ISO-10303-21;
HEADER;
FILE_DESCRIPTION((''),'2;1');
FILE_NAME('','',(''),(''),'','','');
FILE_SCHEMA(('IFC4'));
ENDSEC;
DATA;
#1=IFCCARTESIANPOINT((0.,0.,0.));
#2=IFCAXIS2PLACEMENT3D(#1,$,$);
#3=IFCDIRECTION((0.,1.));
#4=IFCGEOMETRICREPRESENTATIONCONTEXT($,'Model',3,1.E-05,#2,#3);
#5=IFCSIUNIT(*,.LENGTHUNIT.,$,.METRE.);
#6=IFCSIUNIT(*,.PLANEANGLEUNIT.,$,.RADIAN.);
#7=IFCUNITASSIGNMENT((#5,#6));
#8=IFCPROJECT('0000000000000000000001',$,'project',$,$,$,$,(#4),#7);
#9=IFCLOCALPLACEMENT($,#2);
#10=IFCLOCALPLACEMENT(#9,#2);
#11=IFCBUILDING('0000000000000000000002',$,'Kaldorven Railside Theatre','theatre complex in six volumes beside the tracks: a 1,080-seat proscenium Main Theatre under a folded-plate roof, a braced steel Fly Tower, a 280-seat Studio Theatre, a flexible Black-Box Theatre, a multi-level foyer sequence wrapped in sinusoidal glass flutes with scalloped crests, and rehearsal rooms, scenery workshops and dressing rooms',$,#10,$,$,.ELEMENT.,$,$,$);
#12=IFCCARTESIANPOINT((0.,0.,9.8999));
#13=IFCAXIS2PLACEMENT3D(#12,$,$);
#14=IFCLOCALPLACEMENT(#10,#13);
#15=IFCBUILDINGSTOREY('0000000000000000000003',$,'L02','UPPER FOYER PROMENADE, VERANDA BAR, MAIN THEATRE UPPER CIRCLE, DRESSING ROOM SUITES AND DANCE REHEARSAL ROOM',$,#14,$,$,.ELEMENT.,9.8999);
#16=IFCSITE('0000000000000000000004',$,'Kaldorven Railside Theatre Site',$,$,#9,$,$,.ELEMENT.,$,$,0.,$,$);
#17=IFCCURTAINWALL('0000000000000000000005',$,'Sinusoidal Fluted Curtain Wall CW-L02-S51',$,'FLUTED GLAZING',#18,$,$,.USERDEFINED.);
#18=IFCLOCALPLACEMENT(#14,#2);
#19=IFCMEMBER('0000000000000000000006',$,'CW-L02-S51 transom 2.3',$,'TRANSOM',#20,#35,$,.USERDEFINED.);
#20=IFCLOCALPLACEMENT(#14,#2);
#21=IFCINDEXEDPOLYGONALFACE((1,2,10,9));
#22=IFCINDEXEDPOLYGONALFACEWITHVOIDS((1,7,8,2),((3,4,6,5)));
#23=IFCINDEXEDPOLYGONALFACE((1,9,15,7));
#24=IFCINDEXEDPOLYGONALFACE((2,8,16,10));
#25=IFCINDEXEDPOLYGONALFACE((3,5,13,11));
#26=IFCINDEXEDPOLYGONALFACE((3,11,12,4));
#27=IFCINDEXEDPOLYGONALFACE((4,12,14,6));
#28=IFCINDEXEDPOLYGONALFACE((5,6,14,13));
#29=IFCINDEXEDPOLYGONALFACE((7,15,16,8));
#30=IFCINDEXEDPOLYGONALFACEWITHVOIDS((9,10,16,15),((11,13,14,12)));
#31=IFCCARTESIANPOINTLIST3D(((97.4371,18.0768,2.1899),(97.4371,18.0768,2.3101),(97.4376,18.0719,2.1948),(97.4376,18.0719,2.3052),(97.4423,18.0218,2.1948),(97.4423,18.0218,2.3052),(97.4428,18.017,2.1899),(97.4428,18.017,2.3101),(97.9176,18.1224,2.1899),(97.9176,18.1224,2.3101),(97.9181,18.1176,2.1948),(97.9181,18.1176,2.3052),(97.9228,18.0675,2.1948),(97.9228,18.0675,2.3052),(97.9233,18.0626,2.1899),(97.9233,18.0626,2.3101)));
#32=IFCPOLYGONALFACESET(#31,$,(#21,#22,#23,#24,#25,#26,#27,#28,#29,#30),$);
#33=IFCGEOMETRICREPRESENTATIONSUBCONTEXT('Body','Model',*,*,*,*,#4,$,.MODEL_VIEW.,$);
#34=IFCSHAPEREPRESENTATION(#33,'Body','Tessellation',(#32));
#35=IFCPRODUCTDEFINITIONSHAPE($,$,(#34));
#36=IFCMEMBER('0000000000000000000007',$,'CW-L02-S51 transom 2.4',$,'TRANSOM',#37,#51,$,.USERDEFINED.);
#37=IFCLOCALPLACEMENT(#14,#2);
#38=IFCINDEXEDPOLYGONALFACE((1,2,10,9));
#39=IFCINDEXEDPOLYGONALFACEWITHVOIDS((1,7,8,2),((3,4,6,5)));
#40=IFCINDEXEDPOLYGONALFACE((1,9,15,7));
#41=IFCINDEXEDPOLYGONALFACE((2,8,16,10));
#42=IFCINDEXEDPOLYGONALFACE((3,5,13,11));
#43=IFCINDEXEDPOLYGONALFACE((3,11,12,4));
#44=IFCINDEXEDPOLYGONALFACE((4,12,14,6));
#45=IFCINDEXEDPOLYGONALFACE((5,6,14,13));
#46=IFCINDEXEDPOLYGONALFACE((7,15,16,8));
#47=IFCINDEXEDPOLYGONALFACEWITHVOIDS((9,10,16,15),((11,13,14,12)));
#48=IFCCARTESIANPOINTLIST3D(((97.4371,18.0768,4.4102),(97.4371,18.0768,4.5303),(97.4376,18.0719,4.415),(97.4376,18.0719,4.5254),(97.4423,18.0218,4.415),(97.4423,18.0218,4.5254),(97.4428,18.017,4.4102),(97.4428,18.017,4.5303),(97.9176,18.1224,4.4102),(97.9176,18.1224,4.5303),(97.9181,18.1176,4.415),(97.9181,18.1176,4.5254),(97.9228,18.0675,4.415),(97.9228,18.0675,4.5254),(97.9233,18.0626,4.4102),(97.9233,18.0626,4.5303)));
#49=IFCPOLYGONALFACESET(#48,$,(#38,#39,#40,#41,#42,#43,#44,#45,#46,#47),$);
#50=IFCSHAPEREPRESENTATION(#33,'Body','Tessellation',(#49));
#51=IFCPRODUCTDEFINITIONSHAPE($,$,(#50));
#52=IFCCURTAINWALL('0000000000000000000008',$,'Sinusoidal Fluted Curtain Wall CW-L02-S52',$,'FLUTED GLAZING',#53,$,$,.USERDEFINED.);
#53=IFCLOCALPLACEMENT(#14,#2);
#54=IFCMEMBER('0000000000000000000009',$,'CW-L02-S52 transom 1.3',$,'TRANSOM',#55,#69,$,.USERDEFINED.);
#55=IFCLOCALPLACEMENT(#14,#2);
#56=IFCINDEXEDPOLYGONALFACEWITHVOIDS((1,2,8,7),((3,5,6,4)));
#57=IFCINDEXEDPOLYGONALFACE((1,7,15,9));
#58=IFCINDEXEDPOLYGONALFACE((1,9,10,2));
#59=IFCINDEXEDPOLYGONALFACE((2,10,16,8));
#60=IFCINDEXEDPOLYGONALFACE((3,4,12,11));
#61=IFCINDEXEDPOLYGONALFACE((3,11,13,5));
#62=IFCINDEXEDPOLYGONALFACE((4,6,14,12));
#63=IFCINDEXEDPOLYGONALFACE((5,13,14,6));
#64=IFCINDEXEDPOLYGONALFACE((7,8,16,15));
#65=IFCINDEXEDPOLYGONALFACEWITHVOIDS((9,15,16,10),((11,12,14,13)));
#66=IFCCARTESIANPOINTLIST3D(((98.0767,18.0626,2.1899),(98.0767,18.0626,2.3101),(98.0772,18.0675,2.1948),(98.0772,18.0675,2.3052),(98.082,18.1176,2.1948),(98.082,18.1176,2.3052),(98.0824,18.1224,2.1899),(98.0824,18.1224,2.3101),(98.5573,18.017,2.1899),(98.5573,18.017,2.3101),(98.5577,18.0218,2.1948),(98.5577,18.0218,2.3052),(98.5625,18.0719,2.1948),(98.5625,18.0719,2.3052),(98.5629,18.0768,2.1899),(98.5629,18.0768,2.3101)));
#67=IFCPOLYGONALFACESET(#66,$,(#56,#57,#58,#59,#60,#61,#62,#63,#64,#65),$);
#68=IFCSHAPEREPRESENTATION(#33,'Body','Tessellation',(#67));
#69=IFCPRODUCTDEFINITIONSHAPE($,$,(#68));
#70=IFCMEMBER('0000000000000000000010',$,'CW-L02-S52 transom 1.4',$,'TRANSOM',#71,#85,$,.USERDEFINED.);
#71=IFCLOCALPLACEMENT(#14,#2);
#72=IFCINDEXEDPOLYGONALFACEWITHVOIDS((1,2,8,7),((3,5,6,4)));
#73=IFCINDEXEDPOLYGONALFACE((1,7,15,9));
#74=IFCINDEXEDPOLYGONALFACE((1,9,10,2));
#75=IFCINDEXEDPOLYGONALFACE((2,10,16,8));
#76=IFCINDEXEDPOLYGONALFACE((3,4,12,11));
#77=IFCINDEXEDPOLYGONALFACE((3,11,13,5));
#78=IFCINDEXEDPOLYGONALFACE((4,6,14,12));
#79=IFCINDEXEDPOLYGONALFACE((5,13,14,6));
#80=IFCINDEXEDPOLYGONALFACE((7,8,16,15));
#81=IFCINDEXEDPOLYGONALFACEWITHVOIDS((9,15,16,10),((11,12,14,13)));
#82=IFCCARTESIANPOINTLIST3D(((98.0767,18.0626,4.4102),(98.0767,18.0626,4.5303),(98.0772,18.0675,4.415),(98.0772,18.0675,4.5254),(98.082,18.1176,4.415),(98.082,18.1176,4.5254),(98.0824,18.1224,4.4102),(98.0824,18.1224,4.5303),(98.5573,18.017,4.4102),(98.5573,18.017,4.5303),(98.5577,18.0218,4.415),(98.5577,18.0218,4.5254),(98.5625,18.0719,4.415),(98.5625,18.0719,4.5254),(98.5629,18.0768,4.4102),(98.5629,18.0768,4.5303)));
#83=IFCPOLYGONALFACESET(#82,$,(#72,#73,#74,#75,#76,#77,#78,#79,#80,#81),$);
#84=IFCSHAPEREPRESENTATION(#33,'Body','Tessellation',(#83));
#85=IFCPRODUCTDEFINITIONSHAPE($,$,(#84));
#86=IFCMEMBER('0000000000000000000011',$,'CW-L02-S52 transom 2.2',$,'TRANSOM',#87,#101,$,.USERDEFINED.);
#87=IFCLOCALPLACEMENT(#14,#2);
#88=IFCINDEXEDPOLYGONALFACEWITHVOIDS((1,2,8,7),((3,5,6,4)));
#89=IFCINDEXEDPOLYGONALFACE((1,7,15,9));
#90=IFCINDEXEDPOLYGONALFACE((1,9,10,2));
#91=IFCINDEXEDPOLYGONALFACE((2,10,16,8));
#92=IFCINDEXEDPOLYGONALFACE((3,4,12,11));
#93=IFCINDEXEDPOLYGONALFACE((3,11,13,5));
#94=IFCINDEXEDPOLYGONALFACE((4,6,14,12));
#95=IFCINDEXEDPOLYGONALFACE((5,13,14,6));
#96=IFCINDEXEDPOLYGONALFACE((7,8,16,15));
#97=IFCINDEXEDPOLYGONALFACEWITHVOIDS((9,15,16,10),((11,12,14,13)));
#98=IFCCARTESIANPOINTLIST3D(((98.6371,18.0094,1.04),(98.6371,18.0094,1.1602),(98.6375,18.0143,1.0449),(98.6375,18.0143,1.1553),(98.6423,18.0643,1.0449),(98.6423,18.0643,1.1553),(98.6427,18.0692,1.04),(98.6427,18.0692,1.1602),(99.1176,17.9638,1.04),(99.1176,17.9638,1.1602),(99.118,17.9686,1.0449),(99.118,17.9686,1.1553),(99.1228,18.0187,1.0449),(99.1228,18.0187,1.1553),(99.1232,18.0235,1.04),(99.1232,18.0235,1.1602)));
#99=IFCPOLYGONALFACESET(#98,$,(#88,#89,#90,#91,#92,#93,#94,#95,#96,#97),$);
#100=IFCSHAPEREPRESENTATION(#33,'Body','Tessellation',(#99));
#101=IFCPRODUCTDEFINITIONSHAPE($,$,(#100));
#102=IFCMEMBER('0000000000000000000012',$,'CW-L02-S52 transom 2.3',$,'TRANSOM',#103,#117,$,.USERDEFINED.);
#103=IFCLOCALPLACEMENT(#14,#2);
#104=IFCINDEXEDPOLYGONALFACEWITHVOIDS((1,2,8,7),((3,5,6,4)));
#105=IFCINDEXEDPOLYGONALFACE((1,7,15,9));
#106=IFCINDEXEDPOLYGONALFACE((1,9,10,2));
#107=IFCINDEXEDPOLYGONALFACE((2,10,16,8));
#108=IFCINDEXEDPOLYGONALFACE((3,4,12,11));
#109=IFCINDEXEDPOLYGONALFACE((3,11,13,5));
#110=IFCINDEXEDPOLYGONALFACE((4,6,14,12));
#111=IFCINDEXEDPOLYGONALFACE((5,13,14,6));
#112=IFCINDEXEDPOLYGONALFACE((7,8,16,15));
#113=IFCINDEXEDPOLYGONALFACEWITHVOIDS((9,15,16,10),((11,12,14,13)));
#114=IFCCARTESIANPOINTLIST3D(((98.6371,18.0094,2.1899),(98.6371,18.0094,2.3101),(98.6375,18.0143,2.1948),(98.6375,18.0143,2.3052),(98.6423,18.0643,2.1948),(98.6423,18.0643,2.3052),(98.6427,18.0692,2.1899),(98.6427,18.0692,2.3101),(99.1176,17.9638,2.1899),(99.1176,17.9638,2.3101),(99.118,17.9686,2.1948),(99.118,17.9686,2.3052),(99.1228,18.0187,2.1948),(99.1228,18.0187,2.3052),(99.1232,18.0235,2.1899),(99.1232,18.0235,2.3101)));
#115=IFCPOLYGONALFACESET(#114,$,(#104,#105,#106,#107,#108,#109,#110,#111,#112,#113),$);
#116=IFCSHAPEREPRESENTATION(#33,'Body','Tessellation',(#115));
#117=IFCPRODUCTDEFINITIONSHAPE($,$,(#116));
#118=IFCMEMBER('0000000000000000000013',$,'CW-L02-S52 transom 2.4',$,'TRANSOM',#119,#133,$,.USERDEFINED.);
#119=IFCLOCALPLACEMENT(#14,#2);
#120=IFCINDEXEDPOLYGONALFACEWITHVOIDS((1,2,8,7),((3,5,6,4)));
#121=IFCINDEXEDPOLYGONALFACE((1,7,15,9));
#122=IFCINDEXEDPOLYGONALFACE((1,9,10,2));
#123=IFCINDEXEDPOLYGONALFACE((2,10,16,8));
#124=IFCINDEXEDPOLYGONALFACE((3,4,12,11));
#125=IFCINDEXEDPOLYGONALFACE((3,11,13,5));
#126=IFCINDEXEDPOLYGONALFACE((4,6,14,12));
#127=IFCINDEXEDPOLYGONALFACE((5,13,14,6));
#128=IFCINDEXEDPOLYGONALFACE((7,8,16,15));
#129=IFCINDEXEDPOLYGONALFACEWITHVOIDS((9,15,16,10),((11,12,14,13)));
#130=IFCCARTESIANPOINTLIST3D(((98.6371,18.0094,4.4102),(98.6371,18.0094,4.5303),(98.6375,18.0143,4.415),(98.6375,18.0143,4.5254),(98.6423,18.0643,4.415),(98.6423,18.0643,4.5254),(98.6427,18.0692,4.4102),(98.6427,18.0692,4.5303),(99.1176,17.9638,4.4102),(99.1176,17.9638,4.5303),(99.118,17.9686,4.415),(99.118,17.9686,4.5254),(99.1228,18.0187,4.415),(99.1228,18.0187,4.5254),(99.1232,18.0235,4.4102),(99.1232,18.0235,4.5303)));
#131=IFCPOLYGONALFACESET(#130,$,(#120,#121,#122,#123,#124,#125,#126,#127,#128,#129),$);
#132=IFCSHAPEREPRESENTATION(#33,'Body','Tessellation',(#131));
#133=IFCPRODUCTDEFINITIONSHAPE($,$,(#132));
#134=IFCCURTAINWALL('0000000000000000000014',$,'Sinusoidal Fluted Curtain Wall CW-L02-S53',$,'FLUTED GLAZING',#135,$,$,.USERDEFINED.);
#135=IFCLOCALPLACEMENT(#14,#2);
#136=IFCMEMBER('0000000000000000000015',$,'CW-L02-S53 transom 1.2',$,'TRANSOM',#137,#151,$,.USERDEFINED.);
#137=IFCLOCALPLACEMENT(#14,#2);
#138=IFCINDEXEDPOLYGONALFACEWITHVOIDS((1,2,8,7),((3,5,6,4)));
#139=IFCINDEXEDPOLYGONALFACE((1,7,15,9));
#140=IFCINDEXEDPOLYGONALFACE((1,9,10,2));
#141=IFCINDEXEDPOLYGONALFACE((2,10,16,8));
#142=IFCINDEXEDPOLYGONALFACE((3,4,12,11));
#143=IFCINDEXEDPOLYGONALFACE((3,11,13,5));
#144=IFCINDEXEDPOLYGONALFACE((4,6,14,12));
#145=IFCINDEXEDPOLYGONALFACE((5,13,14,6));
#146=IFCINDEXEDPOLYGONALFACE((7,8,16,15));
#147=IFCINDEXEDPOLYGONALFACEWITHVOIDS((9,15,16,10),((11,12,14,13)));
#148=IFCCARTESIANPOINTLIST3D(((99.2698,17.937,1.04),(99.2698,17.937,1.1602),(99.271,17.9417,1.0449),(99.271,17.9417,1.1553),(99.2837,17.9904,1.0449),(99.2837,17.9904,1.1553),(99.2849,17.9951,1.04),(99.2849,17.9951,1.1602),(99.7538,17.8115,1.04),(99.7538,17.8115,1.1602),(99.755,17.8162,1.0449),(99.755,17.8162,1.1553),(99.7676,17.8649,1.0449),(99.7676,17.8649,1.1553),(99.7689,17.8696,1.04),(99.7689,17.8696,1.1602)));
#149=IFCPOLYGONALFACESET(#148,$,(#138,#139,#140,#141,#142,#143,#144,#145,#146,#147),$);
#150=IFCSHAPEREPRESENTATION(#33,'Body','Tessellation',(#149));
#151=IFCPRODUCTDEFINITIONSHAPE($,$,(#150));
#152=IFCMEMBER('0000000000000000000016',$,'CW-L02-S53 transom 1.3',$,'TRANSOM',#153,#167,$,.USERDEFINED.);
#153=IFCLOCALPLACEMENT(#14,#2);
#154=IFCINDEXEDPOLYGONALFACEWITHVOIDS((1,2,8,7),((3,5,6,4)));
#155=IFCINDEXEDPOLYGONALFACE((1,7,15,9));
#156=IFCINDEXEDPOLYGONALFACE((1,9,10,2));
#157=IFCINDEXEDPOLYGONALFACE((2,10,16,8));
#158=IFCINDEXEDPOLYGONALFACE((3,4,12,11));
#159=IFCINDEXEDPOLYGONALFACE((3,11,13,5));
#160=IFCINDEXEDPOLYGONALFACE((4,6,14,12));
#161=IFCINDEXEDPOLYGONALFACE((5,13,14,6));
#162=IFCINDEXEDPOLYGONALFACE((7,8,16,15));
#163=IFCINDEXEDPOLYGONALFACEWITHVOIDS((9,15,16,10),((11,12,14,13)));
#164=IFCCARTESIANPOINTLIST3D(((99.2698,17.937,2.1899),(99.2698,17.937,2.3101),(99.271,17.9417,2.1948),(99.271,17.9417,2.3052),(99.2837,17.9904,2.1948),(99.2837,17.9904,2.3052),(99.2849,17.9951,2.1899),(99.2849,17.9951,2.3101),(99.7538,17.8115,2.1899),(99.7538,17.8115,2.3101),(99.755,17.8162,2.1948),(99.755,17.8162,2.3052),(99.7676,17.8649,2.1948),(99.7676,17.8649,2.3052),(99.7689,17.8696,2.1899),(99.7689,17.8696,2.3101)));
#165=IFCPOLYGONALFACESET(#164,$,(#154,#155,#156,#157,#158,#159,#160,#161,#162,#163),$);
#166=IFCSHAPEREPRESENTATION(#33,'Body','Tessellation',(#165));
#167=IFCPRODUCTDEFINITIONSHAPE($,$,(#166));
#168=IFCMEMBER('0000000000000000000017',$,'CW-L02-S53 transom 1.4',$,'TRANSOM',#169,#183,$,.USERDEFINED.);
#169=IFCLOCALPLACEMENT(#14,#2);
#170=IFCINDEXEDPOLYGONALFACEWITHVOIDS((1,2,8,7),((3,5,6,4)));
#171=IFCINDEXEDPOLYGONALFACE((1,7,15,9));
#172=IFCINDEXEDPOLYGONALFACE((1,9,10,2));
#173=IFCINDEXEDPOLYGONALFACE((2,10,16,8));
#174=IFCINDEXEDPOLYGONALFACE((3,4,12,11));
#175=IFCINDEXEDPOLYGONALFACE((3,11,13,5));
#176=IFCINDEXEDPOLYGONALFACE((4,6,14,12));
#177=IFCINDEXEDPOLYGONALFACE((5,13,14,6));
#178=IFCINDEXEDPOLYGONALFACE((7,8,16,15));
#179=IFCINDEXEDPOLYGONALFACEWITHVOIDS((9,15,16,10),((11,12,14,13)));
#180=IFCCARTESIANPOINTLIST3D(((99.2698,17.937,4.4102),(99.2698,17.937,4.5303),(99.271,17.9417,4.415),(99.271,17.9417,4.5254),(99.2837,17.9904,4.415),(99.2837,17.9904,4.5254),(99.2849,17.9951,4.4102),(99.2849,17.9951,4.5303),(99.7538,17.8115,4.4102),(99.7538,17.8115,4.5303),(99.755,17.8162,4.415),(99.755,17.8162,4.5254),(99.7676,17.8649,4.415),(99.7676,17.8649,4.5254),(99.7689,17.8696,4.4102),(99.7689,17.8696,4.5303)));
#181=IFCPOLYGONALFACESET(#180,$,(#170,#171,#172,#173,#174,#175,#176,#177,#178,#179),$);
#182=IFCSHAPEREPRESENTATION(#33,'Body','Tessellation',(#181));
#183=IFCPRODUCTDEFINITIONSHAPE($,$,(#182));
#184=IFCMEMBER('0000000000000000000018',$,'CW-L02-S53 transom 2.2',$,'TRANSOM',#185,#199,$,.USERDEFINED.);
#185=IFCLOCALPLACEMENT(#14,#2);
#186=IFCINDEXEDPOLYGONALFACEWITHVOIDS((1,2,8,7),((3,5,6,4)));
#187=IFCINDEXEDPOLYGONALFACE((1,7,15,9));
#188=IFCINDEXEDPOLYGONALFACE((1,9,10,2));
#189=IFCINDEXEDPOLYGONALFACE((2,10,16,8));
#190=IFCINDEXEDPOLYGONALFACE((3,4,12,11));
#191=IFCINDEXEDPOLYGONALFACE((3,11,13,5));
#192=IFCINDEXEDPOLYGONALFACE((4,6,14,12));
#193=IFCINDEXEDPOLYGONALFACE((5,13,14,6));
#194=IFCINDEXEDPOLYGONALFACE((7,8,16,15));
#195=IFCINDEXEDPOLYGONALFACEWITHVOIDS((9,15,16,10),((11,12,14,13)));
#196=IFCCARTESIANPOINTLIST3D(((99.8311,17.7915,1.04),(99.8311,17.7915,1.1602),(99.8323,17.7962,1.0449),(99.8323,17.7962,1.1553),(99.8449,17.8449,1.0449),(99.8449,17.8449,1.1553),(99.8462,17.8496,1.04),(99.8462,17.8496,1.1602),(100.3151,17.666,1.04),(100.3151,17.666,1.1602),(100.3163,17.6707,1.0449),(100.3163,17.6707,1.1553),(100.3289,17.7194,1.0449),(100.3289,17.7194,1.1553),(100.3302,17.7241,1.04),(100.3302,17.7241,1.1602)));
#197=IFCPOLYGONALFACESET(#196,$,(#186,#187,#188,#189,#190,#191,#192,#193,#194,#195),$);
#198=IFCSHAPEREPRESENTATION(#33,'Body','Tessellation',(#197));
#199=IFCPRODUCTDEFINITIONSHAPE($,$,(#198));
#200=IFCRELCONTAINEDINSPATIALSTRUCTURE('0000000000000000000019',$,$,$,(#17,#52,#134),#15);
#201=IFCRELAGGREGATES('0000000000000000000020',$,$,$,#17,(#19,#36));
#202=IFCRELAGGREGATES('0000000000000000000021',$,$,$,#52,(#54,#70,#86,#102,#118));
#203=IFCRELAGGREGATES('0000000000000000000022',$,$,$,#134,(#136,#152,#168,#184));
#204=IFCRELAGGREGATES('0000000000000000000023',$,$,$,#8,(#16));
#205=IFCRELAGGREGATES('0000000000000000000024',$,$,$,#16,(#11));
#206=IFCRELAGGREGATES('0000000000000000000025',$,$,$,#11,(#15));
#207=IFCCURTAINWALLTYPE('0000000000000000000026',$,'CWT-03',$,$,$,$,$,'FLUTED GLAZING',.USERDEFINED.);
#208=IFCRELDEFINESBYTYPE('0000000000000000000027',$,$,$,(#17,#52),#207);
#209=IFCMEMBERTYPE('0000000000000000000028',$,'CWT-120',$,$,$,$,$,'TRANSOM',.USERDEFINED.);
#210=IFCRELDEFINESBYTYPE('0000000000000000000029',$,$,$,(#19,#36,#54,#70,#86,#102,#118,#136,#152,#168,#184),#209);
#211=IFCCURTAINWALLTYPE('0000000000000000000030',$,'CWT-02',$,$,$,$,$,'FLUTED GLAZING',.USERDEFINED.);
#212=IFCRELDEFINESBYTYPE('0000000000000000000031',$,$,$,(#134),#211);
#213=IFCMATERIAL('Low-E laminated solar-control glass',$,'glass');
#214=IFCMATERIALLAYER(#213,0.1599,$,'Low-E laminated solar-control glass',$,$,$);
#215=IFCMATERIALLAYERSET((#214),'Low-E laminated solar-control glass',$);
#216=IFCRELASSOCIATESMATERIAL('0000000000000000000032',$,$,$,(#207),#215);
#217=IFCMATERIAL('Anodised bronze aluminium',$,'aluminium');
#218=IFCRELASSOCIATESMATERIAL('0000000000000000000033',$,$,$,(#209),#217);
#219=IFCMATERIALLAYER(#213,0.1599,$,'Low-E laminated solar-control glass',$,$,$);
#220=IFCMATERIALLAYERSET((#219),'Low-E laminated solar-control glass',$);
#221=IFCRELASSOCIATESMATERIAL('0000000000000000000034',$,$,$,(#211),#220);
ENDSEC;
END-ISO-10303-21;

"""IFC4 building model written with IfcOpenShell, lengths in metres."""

from ifc_helpers import new_model, si_unit, direction, frame, origin, origin_2d, place, context, subcontext, project, spatial, hollow_rectangle, extrude, material, layer, layer_set, material_profile, profile_set, type_object, element, aggregate, save


model = new_model("IFC4")

# Units and contexts
model_context = context("Model", 3, precision=1e-05, world=origin(), true_north=direction((0.0, 1.0)))
body_context = subcontext(model_context, "Body", "Model", "MODEL_VIEW")
ifc_project = project(units=[si_unit("LENGTHUNIT", "METRE"), si_unit("PLANEANGLEUNIT", "RADIAN")], contexts=[model_context])

# Site, building, storey
site_placement = place(None, origin())
site = spatial("IfcSite", under=ifc_project, at=site_placement, Name="Kaldorven Railside Theatre Site", CompositionType="ELEMENT", RefElevation=0.0)
building_placement = place(site_placement, origin())
building = spatial("IfcBuilding", under=site, at=building_placement, Name="Kaldorven Railside Theatre", Description="theatre complex in six volumes beside the tracks: a 1,080-seat proscenium Main Theatre under a folded-plate roof, a braced steel Fly Tower, a 280-seat Studio Theatre, a flexible Black-Box Theatre, a multi-level foyer sequence wrapped in sinusoidal glass flutes with scalloped crests, and rehearsal rooms, scenery workshops and dressing rooms", CompositionType="ELEMENT")
storey_placement = place(building_placement, frame((0.0, 0.0, 9.8999)))
storey = spatial("IfcBuildingStorey", under=building, at=storey_placement, Name="L02", Description="UPPER FOYER PROMENADE, VERANDA BAR, MAIN THEATRE UPPER CIRCLE, DRESSING ROOM SUITES AND DANCE REHEARSAL ROOM", CompositionType="ELEMENT", Elevation=9.8999)

# Curtain walls, members
ifc_material_1 = material(Name="Low-E laminated solar-control glass", Category="glass")
ifc_layer_1 = layer(ifc_material_1, 0.1599, Name="Low-E laminated solar-control glass")
ifc_layer_set_1 = layer_set([ifc_layer_1], Name="Low-E laminated solar-control glass")
curtain_wall_type_1 = type_object("IfcCurtainWallType", Name="CWT-03", ElementType="FLUTED GLAZING", PredefinedType="USERDEFINED", material=ifc_layer_set_1)
curtain_wall_1_placement = place(storey_placement, origin())
curtain_wall_1 = element("IfcCurtainWall", 1, at=curtain_wall_1_placement, inside=storey, type_object=curtain_wall_type_1, Name="Sinusoidal Fluted Curtain Wall CW-L02-S51", ObjectType="FLUTED GLAZING", PredefinedType="USERDEFINED")
ifc_material_2 = material(Name="Anodised bronze aluminium", Category="aluminium")
ifc_material_profile = material_profile(ifc_material_2, hollow_rectangle(XDim=0.0601, YDim=0.1201, WallThickness=0.0049, at=origin_2d()), Name="RHS 120x60x5")
ifc_profile_set = profile_set([ifc_material_profile], Name="Anodised bronze aluminium")
member_type = type_object("IfcMemberType", Name="CWT-120", ElementType="TRANSOM", PredefinedType="USERDEFINED", material=ifc_profile_set)
member_1_placement = place(storey_placement, frame((97.4399, 18.0469, 2.25), z_axis=(0.995516, 0.094594, 0.0), x_axis=(-0.094594, 0.995516, 0.0)))
member_1 = element("IfcMember", 2, at=member_1_placement, type_object=member_type, Name="CW-L02-S51 transom 2.3", ObjectType="TRANSOM", PredefinedType="USERDEFINED", context=body_context, shape_type="SweptSolid", body=[
    extrude(hollow_rectangle(XDim=0.0601, YDim=0.1201, WallThickness=0.0049, at=origin_2d()), origin(), (0.0, 0.0, 1.0), 0.4827),
])
member_2_placement = place(storey_placement, frame((97.4399, 18.0469, 4.4702), z_axis=(0.995516, 0.094594, 0.0), x_axis=(-0.094594, 0.995516, 0.0)))
member_2 = element("IfcMember", 3, at=member_2_placement, type_object=member_type, Name="CW-L02-S51 transom 2.4", ObjectType="TRANSOM", PredefinedType="USERDEFINED", context=body_context, shape_type="SweptSolid", body=[
    extrude(hollow_rectangle(XDim=0.0601, YDim=0.1201, WallThickness=0.0049, at=origin_2d()), origin(), (0.0, 0.0, 1.0), 0.4827),
])
curtain_wall_2_placement = place(storey_placement, origin())
curtain_wall_2 = element("IfcCurtainWall", 4, at=curtain_wall_2_placement, inside=storey, type_object=curtain_wall_type_1, Name="Sinusoidal Fluted Curtain Wall CW-L02-S52", ObjectType="FLUTED GLAZING", PredefinedType="USERDEFINED")
member_3_placement = place(storey_placement, frame((98.0796, 18.0925, 2.25), z_axis=(0.995516, -0.094594, 0.0), x_axis=(0.094594, 0.995516, 0.0)))
member_3 = element("IfcMember", 5, at=member_3_placement, type_object=member_type, Name="CW-L02-S52 transom 1.3", ObjectType="TRANSOM", PredefinedType="USERDEFINED", context=body_context, shape_type="SweptSolid", body=[
    extrude(hollow_rectangle(XDim=0.0601, YDim=0.1201, WallThickness=0.0049, at=origin_2d()), origin(), (0.0, 0.0, 1.0), 0.4827),
])
member_4_placement = place(storey_placement, frame((98.0796, 18.0925, 4.4702), z_axis=(0.995516, -0.094594, 0.0), x_axis=(0.094594, 0.995516, 0.0)))
member_4 = element("IfcMember", 6, at=member_4_placement, type_object=member_type, Name="CW-L02-S52 transom 1.4", ObjectType="TRANSOM", PredefinedType="USERDEFINED", context=body_context, shape_type="SweptSolid", body=[
    extrude(hollow_rectangle(XDim=0.0601, YDim=0.1201, WallThickness=0.0049, at=origin_2d()), origin(), (0.0, 0.0, 1.0), 0.4827),
])
member_5_placement = place(storey_placement, frame((98.6399, 18.0393, 1.1001), z_axis=(0.995516, -0.094594, 0.0), x_axis=(0.094594, 0.995516, 0.0)))
member_5 = element("IfcMember", 7, at=member_5_placement, type_object=member_type, Name="CW-L02-S52 transom 2.2", ObjectType="TRANSOM", PredefinedType="USERDEFINED", context=body_context, shape_type="SweptSolid", body=[
    extrude(hollow_rectangle(XDim=0.0601, YDim=0.1201, WallThickness=0.0049, at=origin_2d()), origin(), (0.0, 0.0, 1.0), 0.4827),
])
member_6_placement = place(storey_placement, frame((98.6399, 18.0393, 2.25), z_axis=(0.995516, -0.094594, 0.0), x_axis=(0.094594, 0.995516, 0.0)))
member_6 = element("IfcMember", 8, at=member_6_placement, type_object=member_type, Name="CW-L02-S52 transom 2.3", ObjectType="TRANSOM", PredefinedType="USERDEFINED", context=body_context, shape_type="SweptSolid", body=[
    extrude(hollow_rectangle(XDim=0.0601, YDim=0.1201, WallThickness=0.0049, at=origin_2d()), origin(), (0.0, 0.0, 1.0), 0.4827),
])
member_7_placement = place(storey_placement, frame((98.6399, 18.0393, 4.4702), z_axis=(0.995516, -0.094594, 0.0), x_axis=(0.094594, 0.995516, 0.0)))
member_7 = element("IfcMember", 9, at=member_7_placement, type_object=member_type, Name="CW-L02-S52 transom 2.4", ObjectType="TRANSOM", PredefinedType="USERDEFINED", context=body_context, shape_type="SweptSolid", body=[
    extrude(hollow_rectangle(XDim=0.0601, YDim=0.1201, WallThickness=0.0049, at=origin_2d()), origin(), (0.0, 0.0, 1.0), 0.4827),
])
ifc_layer_2 = layer(ifc_material_1, 0.1599, Name="Low-E laminated solar-control glass")
ifc_layer_set_2 = layer_set([ifc_layer_2], Name="Low-E laminated solar-control glass")
curtain_wall_type_2 = type_object("IfcCurtainWallType", Name="CWT-02", ElementType="FLUTED GLAZING", PredefinedType="USERDEFINED", material=ifc_layer_set_2)
curtain_wall_3_placement = place(storey_placement, origin())
curtain_wall_3 = element("IfcCurtainWall", 10, at=curtain_wall_3_placement, inside=storey, type_object=curtain_wall_type_2, Name="Sinusoidal Fluted Curtain Wall CW-L02-S53", ObjectType="FLUTED GLAZING", PredefinedType="USERDEFINED")
member_8_placement = place(storey_placement, frame((99.2773, 17.9661, 1.1001), z_axis=(0.967979, -0.25103, 0.0), x_axis=(0.25103, 0.967979, 0.0)))
member_8 = element("IfcMember", 11, at=member_8_placement, type_object=member_type, Name="CW-L02-S53 transom 1.2", ObjectType="TRANSOM", PredefinedType="USERDEFINED", context=body_context, shape_type="SweptSolid", body=[
    extrude(hollow_rectangle(XDim=0.0601, YDim=0.1201, WallThickness=0.0049, at=origin_2d()), origin(), (0.0, 0.0, 1.0), 0.5),
])
member_9_placement = place(storey_placement, frame((99.2773, 17.9661, 2.25), z_axis=(0.967979, -0.25103, 0.0), x_axis=(0.25103, 0.967979, 0.0)))
member_9 = element("IfcMember", 12, at=member_9_placement, type_object=member_type, Name="CW-L02-S53 transom 1.3", ObjectType="TRANSOM", PredefinedType="USERDEFINED", context=body_context, shape_type="SweptSolid", body=[
    extrude(hollow_rectangle(XDim=0.0601, YDim=0.1201, WallThickness=0.0049, at=origin_2d()), origin(), (0.0, 0.0, 1.0), 0.5),
])
member_10_placement = place(storey_placement, frame((99.2773, 17.9661, 4.4702), z_axis=(0.967979, -0.25103, 0.0), x_axis=(0.25103, 0.967979, 0.0)))
member_10 = element("IfcMember", 13, at=member_10_placement, type_object=member_type, Name="CW-L02-S53 transom 1.4", ObjectType="TRANSOM", PredefinedType="USERDEFINED", context=body_context, shape_type="SweptSolid", body=[
    extrude(hollow_rectangle(XDim=0.0601, YDim=0.1201, WallThickness=0.0049, at=origin_2d()), origin(), (0.0, 0.0, 1.0), 0.5),
])
member_11_placement = place(storey_placement, frame((99.8386, 17.8206, 1.1001), z_axis=(0.967979, -0.25103, 0.0), x_axis=(0.25103, 0.967979, 0.0)))
member_11 = element("IfcMember", 14, at=member_11_placement, type_object=member_type, Name="CW-L02-S53 transom 2.2", ObjectType="TRANSOM", PredefinedType="USERDEFINED", context=body_context, shape_type="SweptSolid", body=[
    extrude(hollow_rectangle(XDim=0.0601, YDim=0.1201, WallThickness=0.0049, at=origin_2d()), origin(), (0.0, 0.0, 1.0), 0.5),
])

aggregate(curtain_wall_1, [member_1, member_2])
aggregate(curtain_wall_2, [member_3, member_4, member_5, member_6, member_7])
aggregate(curtain_wall_3, [member_8, member_9, member_10, member_11])

save(model, "model.ifc")
